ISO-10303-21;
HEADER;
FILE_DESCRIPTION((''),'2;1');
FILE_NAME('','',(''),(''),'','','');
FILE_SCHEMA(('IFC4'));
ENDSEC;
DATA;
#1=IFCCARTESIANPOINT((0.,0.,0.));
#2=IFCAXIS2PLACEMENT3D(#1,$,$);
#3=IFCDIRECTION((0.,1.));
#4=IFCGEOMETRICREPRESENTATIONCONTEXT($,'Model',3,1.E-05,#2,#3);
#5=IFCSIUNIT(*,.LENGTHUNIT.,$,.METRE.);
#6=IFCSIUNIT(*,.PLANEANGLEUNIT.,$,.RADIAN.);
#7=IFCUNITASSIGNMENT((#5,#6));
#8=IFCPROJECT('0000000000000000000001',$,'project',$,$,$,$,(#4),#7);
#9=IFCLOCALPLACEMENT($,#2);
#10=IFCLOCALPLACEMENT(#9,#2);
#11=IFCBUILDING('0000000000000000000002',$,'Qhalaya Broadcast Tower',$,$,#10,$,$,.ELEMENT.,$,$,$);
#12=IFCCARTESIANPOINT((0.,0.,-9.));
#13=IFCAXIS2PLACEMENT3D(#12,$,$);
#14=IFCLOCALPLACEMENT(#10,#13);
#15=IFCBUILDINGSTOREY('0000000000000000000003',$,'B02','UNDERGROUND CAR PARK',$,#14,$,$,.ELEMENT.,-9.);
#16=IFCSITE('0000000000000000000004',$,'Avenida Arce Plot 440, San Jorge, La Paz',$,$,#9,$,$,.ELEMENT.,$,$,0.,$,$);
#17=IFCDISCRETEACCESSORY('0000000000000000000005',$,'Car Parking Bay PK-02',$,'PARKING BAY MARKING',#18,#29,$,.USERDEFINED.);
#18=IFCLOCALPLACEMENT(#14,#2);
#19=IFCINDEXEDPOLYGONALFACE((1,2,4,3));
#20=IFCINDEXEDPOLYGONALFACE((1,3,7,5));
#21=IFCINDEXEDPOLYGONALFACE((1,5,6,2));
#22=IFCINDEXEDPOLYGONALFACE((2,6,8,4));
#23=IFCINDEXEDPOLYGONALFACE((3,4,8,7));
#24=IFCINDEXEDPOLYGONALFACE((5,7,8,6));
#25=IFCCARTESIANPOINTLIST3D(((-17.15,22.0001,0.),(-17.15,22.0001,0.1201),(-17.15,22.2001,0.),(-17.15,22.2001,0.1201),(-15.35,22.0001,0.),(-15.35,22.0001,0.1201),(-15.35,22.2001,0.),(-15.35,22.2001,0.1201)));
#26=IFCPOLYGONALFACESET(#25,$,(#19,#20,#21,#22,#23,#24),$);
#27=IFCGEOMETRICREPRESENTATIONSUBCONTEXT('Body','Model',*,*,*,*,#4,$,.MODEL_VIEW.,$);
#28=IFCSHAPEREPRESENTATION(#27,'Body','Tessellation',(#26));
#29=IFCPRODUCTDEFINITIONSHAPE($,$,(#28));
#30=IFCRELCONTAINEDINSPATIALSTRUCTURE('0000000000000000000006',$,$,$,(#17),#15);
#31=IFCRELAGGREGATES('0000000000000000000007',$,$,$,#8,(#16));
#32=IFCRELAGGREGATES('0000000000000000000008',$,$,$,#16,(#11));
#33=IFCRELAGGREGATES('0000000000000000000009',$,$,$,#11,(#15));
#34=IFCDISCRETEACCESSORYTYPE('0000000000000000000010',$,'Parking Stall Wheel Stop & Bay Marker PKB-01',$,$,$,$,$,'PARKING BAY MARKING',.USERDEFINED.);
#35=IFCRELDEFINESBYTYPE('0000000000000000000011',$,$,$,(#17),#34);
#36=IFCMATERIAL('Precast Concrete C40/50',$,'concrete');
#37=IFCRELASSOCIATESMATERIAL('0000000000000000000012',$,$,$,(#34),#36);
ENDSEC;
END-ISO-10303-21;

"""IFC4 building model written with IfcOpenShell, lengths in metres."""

from ifc_helpers import new_model, si_unit, direction, frame, origin, origin_2d, place, context, subcontext, project, spatial, rectangle, extrude, material, type_object, element, save


model = new_model("IFC4")

# Units and contexts
model_context = context("Model", 3, precision=1e-05, world=origin(), true_north=direction((0.0, 1.0)))
body_context = subcontext(model_context, "Body", "Model", "MODEL_VIEW")
ifc_project = project(units=[si_unit("LENGTHUNIT", "METRE"), si_unit("PLANEANGLEUNIT", "RADIAN")], contexts=[model_context])

# Site, building, storey
site_placement = place(None, origin())
site = spatial("IfcSite", under=ifc_project, at=site_placement, Name="Avenida Arce Plot 440, San Jorge, La Paz", CompositionType="ELEMENT", RefElevation=0.0)
building_placement = place(site_placement, origin())
building = spatial("IfcBuilding", under=site, at=building_placement, Name="Qhalaya Broadcast Tower", CompositionType="ELEMENT")
storey_placement = place(building_placement, frame((0.0, 0.0, -9.0)))
storey = spatial("IfcBuildingStorey", under=building, at=storey_placement, Name="B02", Description="UNDERGROUND CAR PARK", CompositionType="ELEMENT", Elevation=-9.0)

# Discrete accessory
ifc_material_1 = material(Name="Precast Concrete C40/50", Category="concrete")
discrete_accessory_type = type_object("IfcDiscreteAccessoryType", Name="Parking Stall Wheel Stop & Bay Marker PKB-01", ElementType="PARKING BAY MARKING", PredefinedType="USERDEFINED", material=ifc_material_1)
for number, where, z_axis, x_axis, name in (
    (1, (-16.25, 22.1001, 0.0), (0.0, 0.0, 1.0), (1.0, 0.0, 0.0), "Car Parking Bay PK-02"),
):
    element("IfcDiscreteAccessory", number, at=place(storey_placement, frame(where, z_axis=z_axis, x_axis=x_axis)), inside=storey, type_object=discrete_accessory_type, Name=name, ObjectType="PARKING BAY MARKING", PredefinedType="USERDEFINED", context=body_context, shape_type="SweptSolid", body=[
        extrude(rectangle(XDim=1.8, YDim=0.2, at=origin_2d()), origin(), (0.0, 0.0, 1.0), 0.1201),
    ])

save(model, "model.ifc")
